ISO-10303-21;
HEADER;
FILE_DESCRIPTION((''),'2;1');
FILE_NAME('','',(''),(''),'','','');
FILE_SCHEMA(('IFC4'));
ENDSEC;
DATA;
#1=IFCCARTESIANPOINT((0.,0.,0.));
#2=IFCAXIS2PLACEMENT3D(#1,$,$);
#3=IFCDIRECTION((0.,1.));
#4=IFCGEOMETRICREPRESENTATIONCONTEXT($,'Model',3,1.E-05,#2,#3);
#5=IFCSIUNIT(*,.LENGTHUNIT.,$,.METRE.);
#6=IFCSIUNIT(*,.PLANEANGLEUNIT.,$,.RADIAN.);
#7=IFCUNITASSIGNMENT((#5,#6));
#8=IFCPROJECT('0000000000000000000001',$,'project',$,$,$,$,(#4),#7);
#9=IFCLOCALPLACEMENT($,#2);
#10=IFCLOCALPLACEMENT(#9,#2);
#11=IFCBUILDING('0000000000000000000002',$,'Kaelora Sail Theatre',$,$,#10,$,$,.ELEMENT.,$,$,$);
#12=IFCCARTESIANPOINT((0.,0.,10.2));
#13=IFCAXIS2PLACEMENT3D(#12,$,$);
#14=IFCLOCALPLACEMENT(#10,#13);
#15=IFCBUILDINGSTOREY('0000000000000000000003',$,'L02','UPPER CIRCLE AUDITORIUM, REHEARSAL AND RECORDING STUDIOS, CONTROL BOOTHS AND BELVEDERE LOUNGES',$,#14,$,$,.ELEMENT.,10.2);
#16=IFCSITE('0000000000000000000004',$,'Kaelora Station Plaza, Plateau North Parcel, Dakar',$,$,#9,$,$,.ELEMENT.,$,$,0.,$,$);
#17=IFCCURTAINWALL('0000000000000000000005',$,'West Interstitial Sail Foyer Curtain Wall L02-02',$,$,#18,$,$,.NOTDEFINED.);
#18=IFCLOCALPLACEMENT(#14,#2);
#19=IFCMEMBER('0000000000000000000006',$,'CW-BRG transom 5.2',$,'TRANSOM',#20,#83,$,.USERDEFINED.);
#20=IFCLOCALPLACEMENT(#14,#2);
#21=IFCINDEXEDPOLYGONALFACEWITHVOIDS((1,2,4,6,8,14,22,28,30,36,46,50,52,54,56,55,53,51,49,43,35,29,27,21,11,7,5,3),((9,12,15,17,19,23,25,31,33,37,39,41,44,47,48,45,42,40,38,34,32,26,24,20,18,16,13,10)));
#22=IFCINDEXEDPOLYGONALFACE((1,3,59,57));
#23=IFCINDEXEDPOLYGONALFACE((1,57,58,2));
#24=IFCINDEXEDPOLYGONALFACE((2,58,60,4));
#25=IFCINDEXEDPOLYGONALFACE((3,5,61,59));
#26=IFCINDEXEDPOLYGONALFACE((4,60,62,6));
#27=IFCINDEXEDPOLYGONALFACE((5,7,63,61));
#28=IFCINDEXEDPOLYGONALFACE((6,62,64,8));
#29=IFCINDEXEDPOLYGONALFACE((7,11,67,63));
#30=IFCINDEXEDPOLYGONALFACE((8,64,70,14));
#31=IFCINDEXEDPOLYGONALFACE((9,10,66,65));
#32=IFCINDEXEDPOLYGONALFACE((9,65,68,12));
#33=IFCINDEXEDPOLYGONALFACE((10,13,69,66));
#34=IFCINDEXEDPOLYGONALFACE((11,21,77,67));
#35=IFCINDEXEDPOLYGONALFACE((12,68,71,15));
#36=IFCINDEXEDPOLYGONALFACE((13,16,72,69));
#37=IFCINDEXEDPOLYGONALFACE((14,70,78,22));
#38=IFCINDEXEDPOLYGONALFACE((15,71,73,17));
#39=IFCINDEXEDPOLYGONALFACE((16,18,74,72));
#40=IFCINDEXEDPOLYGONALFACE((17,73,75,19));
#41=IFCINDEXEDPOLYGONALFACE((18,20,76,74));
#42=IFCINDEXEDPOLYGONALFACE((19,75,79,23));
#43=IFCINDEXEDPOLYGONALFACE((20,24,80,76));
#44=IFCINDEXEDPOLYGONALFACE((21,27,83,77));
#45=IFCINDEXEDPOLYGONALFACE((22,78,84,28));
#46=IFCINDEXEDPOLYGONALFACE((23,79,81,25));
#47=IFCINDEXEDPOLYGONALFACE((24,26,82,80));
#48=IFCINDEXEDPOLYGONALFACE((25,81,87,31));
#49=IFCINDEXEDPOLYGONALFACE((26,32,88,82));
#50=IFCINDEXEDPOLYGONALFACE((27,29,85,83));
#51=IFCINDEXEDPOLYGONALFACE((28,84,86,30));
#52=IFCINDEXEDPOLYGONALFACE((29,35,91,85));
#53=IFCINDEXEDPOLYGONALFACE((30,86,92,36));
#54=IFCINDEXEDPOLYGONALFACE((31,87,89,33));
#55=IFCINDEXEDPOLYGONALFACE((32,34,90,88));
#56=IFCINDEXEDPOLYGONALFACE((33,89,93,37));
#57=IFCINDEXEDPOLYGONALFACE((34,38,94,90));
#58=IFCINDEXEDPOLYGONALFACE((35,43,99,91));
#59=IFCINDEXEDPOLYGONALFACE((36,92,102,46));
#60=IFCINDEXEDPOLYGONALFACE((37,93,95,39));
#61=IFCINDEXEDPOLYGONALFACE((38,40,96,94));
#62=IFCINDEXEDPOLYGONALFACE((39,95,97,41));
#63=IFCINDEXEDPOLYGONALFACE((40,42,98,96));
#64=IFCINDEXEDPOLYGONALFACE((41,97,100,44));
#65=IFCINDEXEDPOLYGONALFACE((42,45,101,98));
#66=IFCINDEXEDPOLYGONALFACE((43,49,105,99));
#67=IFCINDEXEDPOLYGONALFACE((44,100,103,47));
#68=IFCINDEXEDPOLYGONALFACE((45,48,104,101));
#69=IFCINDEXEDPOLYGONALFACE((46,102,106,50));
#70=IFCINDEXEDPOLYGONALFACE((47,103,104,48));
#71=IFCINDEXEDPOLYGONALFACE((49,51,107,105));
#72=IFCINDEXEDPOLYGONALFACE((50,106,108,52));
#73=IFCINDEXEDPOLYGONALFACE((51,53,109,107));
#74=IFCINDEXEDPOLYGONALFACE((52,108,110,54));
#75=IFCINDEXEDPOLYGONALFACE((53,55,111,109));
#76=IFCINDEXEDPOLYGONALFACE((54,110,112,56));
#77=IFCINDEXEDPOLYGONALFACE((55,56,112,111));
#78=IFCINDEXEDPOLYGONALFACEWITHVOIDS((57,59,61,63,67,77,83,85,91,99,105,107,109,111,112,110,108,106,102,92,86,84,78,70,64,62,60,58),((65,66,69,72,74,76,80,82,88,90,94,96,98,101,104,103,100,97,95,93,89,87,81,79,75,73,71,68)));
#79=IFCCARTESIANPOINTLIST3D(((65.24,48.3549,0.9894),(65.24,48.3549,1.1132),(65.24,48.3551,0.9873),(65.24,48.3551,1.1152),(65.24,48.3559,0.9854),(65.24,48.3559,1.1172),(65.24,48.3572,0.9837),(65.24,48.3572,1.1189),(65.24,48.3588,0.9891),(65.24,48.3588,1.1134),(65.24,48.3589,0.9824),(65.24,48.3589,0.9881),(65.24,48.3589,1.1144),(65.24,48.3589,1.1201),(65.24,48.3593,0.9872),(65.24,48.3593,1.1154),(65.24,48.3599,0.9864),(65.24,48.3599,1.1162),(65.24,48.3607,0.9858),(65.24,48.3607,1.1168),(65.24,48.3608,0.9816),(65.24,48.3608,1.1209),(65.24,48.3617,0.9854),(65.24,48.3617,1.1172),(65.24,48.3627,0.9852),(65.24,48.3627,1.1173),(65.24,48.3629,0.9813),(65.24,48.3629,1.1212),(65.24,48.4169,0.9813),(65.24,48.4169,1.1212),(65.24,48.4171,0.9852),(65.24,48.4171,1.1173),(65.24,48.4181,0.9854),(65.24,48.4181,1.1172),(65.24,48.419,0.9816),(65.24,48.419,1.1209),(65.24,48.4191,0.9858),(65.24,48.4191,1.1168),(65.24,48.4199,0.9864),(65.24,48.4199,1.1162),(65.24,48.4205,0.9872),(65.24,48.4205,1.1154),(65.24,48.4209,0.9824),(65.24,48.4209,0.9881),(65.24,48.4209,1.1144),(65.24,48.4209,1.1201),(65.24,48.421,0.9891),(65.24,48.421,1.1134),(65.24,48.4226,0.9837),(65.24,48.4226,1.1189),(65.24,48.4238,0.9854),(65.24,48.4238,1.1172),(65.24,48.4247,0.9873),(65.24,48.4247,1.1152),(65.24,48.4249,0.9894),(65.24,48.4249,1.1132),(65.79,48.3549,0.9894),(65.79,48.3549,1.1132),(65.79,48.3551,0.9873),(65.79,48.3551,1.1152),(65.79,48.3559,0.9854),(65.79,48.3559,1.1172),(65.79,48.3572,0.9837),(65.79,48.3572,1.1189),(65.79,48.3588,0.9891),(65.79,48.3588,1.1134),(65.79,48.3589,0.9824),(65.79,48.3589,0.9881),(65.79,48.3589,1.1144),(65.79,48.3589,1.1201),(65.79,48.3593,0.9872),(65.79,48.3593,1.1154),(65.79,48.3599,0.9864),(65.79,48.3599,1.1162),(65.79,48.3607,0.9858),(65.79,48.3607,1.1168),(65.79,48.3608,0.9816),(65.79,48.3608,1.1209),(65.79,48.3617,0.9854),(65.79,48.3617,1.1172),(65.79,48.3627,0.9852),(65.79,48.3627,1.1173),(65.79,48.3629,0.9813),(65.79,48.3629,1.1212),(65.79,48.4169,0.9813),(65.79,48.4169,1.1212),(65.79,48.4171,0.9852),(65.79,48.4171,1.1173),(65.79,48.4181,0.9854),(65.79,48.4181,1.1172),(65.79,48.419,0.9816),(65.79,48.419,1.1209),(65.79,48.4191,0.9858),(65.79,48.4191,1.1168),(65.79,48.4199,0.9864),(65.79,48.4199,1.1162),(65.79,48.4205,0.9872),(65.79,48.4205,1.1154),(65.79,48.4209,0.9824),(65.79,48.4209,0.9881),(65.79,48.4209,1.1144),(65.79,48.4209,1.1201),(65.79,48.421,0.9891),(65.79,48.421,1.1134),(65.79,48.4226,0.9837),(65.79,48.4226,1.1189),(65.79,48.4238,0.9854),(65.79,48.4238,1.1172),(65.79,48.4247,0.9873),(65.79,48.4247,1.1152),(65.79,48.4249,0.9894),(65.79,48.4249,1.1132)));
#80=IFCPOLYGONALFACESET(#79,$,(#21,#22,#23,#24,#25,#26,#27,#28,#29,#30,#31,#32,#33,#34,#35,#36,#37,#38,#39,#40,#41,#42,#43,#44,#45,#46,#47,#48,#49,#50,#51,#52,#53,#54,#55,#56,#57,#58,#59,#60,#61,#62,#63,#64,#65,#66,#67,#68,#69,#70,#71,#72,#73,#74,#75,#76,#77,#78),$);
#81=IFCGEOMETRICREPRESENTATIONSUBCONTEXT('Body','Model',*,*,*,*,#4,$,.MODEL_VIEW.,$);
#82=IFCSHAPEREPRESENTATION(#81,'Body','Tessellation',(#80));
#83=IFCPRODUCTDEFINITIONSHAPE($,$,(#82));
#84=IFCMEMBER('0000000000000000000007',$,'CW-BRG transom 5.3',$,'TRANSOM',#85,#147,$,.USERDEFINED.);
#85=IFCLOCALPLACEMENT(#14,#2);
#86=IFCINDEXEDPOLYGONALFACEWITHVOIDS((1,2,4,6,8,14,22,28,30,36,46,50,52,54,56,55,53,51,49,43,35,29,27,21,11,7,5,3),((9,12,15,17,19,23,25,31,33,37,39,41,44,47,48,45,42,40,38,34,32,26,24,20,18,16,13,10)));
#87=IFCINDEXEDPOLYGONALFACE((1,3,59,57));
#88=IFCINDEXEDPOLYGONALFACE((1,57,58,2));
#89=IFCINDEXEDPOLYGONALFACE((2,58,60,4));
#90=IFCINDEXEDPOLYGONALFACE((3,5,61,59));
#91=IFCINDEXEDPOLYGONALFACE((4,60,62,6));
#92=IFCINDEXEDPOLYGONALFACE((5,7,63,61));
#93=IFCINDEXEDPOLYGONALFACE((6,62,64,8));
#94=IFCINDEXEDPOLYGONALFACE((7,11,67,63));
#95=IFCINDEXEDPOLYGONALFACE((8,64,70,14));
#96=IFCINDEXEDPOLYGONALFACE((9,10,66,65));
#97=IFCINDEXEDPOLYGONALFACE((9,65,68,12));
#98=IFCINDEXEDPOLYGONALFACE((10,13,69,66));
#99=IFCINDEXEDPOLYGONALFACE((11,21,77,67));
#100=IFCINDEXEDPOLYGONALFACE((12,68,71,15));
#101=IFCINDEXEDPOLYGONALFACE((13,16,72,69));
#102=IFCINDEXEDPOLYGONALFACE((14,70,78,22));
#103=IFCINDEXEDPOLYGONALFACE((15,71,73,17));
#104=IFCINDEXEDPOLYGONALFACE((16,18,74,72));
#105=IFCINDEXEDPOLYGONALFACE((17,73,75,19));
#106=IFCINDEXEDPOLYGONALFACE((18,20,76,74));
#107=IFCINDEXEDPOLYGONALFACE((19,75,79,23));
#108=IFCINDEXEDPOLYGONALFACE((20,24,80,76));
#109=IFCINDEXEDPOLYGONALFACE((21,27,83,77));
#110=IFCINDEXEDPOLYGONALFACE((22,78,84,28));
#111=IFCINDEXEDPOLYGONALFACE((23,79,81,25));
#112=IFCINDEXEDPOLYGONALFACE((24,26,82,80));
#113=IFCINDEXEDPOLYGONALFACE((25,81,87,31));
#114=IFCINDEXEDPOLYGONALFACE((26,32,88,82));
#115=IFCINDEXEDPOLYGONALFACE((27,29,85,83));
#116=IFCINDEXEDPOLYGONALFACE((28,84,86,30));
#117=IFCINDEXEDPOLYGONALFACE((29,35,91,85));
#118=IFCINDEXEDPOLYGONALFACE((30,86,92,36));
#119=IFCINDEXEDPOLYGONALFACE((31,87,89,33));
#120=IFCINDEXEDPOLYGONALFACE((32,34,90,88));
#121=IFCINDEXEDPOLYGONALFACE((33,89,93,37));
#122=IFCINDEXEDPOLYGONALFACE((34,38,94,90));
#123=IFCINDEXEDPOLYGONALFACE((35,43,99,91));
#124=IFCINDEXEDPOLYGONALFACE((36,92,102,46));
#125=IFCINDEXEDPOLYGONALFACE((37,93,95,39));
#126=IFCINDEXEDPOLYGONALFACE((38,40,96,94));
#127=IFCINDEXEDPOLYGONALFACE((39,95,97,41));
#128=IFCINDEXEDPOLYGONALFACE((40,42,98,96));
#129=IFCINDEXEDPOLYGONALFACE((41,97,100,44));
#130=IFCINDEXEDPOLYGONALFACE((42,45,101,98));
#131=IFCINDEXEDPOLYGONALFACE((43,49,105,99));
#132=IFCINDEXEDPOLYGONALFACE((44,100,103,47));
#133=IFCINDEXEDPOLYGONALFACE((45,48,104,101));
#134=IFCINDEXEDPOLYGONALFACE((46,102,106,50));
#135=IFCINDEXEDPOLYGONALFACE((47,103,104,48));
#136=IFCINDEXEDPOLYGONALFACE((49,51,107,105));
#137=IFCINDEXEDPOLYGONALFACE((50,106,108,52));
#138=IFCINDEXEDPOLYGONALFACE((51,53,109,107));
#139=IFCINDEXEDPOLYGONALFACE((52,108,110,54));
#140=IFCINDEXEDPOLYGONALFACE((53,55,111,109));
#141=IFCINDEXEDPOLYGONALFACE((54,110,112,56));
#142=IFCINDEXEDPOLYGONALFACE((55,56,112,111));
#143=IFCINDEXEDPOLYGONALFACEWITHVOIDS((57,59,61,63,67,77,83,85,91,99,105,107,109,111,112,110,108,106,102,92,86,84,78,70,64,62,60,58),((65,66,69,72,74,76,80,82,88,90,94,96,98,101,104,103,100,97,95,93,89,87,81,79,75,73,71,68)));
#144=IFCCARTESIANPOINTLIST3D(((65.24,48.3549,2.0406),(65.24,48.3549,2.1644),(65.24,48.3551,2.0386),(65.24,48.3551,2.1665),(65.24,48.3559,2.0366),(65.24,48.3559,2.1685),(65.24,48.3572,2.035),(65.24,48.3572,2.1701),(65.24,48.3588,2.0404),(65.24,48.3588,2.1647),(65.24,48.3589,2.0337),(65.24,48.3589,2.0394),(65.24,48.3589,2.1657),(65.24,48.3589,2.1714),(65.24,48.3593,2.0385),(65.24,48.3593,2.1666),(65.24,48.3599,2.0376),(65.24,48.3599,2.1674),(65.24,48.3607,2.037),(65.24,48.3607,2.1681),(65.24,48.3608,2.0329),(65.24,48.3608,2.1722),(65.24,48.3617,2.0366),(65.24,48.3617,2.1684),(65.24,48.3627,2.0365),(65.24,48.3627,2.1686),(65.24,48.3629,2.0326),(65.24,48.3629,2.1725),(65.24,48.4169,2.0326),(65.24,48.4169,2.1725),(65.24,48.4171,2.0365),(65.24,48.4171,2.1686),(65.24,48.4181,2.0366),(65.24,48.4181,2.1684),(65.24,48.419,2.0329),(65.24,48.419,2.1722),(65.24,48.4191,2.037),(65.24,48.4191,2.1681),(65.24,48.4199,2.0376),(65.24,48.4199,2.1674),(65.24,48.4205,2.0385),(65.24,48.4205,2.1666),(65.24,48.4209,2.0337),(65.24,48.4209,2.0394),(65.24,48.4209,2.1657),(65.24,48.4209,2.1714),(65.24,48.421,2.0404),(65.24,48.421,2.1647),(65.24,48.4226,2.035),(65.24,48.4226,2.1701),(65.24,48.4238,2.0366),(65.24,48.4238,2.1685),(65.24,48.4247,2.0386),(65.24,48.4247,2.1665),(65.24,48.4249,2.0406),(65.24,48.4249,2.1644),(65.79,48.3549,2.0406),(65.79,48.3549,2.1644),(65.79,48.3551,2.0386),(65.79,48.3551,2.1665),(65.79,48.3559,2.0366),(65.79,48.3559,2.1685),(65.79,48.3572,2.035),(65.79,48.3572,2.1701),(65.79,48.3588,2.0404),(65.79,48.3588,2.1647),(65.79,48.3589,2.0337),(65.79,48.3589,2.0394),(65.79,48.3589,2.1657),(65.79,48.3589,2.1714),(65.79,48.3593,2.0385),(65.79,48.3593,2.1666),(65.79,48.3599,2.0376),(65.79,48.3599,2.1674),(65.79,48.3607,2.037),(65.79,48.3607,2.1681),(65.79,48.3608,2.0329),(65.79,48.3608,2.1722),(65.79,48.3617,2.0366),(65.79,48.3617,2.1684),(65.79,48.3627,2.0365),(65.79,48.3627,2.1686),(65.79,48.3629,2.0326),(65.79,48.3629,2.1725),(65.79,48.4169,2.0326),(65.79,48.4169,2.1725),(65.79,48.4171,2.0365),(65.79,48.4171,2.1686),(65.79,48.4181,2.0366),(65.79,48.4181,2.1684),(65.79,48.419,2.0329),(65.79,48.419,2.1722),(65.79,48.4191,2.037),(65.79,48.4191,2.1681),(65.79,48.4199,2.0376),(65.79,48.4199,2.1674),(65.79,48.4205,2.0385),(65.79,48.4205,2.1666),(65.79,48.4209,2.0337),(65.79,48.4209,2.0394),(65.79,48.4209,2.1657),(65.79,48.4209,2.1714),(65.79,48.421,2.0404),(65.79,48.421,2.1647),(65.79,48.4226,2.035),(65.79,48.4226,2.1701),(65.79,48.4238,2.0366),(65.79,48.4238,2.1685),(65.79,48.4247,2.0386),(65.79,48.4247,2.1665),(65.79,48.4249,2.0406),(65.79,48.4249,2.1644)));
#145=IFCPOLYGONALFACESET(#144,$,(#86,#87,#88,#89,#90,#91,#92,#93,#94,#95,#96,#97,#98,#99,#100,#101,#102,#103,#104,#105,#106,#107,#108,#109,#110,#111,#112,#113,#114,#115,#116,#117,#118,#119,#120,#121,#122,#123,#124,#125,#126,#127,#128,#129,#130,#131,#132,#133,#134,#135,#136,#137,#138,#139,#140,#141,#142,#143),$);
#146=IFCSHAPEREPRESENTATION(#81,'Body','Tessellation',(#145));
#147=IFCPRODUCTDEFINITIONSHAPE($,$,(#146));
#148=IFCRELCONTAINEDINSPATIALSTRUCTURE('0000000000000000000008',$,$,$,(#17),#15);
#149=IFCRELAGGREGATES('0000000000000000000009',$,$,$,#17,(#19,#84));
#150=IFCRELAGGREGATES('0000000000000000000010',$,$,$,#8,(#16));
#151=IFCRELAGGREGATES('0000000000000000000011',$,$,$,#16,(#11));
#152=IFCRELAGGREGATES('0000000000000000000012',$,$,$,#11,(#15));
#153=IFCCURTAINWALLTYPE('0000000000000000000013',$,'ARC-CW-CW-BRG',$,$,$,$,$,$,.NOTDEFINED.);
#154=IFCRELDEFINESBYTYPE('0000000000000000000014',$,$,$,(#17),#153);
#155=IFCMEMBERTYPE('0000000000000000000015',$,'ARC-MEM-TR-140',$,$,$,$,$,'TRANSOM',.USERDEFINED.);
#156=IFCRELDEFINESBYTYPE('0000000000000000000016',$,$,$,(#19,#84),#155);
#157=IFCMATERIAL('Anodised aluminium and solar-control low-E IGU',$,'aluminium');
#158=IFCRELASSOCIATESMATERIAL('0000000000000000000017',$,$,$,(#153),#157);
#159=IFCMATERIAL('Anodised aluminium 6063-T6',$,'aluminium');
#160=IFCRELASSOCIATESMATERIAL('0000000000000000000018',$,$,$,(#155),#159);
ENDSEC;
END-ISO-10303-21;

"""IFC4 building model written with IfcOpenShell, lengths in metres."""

from ifc_helpers import new_model, si_unit, direction, frame, origin, origin_2d, place, context, subcontext, project, spatial, hollow_rectangle, extrude, material, material_profile, profile_set, type_object, element, aggregate, save


model = new_model("IFC4")

# Units and contexts
model_context = context("Model", 3, precision=1e-05, world=origin(), true_north=direction((0.0, 1.0)))
body_context = subcontext(model_context, "Body", "Model", "MODEL_VIEW")
ifc_project = project(units=[si_unit("LENGTHUNIT", "METRE"), si_unit("PLANEANGLEUNIT", "RADIAN")], contexts=[model_context])

# Site, building, storey
site_placement = place(None, origin())
site = spatial("IfcSite", under=ifc_project, at=site_placement, Name="Kaelora Station Plaza, Plateau North Parcel, Dakar", CompositionType="ELEMENT", RefElevation=0.0)
building_placement = place(site_placement, origin())
building = spatial("IfcBuilding", under=site, at=building_placement, Name="Kaelora Sail Theatre", CompositionType="ELEMENT")
storey_placement = place(building_placement, frame((0.0, 0.0, 10.2)))
storey = spatial("IfcBuildingStorey", under=building, at=storey_placement, Name="L02", Description="UPPER CIRCLE AUDITORIUM, REHEARSAL AND RECORDING STUDIOS, CONTROL BOOTHS AND BELVEDERE LOUNGES", CompositionType="ELEMENT", Elevation=10.2)

# Curtain wall, members
ifc_material_1 = material(Name="Anodised aluminium and solar-control low-E IGU", Category="aluminium")
curtain_wall_type = type_object("IfcCurtainWallType", Name="ARC-CW-CW-BRG", PredefinedType="NOTDEFINED", material=ifc_material_1)
curtain_wall_placement = place(storey_placement, origin())
curtain_wall = element("IfcCurtainWall", 1, at=curtain_wall_placement, inside=storey, type_object=curtain_wall_type, Name="West Interstitial Sail Foyer Curtain Wall L02-02", PredefinedType="NOTDEFINED")
ifc_material_2 = material(Name="Anodised aluminium 6063-T6", Category="aluminium")
ifc_material_profile_1 = material_profile(ifc_material_2, hollow_rectangle(XDim=0.0701, YDim=0.1399, WallThickness=0.0039, InnerFilletRadius=0.0039, OuterFilletRadius=0.0081, at=origin_2d()), Name="ALU-TRAN 70x140x4")
ifc_profile_set_1 = profile_set([ifc_material_profile_1], Name="Anodised aluminium 6063-T6")
member_type_1 = type_object("IfcMemberType", Name="ARC-MEM-TR-140", ElementType="TRANSOM", PredefinedType="USERDEFINED", material=ifc_profile_set_1)
member_1_placement = place(storey_placement, frame((65.24, 48.3899, 1.0513), z_axis=(1.0, 0.0, 0.0), x_axis=(0.0, 1.0, 0.0)))
member_1 = element("IfcMember", 2, at=member_1_placement, type_object=member_type_1, Name="CW-BRG transom 5.2", ObjectType="TRANSOM", PredefinedType="USERDEFINED", context=body_context, shape_type="SweptSolid", body=[
    extrude(hollow_rectangle(XDim=0.0701, YDim=0.1399, WallThickness=0.0039, InnerFilletRadius=0.0039, OuterFilletRadius=0.0081, at=origin_2d()), origin(), (0.0, 0.0, 1.0), 0.55),
])
member_2_placement = place(storey_placement, frame((65.24, 48.3899, 2.1025), z_axis=(1.0, 0.0, 0.0), x_axis=(0.0, 1.0, 0.0)))
member_2 = element("IfcMember", 3, at=member_2_placement, type_object=member_type_1, Name="CW-BRG transom 5.3", ObjectType="TRANSOM", PredefinedType="USERDEFINED", context=body_context, shape_type="SweptSolid", body=[
    extrude(hollow_rectangle(XDim=0.0701, YDim=0.1399, WallThickness=0.0039, InnerFilletRadius=0.0039, OuterFilletRadius=0.0081, at=origin_2d()), origin(), (0.0, 0.0, 1.0), 0.55),
])

aggregate(curtain_wall, [member_1, member_2])

save(model, "model.ifc")
